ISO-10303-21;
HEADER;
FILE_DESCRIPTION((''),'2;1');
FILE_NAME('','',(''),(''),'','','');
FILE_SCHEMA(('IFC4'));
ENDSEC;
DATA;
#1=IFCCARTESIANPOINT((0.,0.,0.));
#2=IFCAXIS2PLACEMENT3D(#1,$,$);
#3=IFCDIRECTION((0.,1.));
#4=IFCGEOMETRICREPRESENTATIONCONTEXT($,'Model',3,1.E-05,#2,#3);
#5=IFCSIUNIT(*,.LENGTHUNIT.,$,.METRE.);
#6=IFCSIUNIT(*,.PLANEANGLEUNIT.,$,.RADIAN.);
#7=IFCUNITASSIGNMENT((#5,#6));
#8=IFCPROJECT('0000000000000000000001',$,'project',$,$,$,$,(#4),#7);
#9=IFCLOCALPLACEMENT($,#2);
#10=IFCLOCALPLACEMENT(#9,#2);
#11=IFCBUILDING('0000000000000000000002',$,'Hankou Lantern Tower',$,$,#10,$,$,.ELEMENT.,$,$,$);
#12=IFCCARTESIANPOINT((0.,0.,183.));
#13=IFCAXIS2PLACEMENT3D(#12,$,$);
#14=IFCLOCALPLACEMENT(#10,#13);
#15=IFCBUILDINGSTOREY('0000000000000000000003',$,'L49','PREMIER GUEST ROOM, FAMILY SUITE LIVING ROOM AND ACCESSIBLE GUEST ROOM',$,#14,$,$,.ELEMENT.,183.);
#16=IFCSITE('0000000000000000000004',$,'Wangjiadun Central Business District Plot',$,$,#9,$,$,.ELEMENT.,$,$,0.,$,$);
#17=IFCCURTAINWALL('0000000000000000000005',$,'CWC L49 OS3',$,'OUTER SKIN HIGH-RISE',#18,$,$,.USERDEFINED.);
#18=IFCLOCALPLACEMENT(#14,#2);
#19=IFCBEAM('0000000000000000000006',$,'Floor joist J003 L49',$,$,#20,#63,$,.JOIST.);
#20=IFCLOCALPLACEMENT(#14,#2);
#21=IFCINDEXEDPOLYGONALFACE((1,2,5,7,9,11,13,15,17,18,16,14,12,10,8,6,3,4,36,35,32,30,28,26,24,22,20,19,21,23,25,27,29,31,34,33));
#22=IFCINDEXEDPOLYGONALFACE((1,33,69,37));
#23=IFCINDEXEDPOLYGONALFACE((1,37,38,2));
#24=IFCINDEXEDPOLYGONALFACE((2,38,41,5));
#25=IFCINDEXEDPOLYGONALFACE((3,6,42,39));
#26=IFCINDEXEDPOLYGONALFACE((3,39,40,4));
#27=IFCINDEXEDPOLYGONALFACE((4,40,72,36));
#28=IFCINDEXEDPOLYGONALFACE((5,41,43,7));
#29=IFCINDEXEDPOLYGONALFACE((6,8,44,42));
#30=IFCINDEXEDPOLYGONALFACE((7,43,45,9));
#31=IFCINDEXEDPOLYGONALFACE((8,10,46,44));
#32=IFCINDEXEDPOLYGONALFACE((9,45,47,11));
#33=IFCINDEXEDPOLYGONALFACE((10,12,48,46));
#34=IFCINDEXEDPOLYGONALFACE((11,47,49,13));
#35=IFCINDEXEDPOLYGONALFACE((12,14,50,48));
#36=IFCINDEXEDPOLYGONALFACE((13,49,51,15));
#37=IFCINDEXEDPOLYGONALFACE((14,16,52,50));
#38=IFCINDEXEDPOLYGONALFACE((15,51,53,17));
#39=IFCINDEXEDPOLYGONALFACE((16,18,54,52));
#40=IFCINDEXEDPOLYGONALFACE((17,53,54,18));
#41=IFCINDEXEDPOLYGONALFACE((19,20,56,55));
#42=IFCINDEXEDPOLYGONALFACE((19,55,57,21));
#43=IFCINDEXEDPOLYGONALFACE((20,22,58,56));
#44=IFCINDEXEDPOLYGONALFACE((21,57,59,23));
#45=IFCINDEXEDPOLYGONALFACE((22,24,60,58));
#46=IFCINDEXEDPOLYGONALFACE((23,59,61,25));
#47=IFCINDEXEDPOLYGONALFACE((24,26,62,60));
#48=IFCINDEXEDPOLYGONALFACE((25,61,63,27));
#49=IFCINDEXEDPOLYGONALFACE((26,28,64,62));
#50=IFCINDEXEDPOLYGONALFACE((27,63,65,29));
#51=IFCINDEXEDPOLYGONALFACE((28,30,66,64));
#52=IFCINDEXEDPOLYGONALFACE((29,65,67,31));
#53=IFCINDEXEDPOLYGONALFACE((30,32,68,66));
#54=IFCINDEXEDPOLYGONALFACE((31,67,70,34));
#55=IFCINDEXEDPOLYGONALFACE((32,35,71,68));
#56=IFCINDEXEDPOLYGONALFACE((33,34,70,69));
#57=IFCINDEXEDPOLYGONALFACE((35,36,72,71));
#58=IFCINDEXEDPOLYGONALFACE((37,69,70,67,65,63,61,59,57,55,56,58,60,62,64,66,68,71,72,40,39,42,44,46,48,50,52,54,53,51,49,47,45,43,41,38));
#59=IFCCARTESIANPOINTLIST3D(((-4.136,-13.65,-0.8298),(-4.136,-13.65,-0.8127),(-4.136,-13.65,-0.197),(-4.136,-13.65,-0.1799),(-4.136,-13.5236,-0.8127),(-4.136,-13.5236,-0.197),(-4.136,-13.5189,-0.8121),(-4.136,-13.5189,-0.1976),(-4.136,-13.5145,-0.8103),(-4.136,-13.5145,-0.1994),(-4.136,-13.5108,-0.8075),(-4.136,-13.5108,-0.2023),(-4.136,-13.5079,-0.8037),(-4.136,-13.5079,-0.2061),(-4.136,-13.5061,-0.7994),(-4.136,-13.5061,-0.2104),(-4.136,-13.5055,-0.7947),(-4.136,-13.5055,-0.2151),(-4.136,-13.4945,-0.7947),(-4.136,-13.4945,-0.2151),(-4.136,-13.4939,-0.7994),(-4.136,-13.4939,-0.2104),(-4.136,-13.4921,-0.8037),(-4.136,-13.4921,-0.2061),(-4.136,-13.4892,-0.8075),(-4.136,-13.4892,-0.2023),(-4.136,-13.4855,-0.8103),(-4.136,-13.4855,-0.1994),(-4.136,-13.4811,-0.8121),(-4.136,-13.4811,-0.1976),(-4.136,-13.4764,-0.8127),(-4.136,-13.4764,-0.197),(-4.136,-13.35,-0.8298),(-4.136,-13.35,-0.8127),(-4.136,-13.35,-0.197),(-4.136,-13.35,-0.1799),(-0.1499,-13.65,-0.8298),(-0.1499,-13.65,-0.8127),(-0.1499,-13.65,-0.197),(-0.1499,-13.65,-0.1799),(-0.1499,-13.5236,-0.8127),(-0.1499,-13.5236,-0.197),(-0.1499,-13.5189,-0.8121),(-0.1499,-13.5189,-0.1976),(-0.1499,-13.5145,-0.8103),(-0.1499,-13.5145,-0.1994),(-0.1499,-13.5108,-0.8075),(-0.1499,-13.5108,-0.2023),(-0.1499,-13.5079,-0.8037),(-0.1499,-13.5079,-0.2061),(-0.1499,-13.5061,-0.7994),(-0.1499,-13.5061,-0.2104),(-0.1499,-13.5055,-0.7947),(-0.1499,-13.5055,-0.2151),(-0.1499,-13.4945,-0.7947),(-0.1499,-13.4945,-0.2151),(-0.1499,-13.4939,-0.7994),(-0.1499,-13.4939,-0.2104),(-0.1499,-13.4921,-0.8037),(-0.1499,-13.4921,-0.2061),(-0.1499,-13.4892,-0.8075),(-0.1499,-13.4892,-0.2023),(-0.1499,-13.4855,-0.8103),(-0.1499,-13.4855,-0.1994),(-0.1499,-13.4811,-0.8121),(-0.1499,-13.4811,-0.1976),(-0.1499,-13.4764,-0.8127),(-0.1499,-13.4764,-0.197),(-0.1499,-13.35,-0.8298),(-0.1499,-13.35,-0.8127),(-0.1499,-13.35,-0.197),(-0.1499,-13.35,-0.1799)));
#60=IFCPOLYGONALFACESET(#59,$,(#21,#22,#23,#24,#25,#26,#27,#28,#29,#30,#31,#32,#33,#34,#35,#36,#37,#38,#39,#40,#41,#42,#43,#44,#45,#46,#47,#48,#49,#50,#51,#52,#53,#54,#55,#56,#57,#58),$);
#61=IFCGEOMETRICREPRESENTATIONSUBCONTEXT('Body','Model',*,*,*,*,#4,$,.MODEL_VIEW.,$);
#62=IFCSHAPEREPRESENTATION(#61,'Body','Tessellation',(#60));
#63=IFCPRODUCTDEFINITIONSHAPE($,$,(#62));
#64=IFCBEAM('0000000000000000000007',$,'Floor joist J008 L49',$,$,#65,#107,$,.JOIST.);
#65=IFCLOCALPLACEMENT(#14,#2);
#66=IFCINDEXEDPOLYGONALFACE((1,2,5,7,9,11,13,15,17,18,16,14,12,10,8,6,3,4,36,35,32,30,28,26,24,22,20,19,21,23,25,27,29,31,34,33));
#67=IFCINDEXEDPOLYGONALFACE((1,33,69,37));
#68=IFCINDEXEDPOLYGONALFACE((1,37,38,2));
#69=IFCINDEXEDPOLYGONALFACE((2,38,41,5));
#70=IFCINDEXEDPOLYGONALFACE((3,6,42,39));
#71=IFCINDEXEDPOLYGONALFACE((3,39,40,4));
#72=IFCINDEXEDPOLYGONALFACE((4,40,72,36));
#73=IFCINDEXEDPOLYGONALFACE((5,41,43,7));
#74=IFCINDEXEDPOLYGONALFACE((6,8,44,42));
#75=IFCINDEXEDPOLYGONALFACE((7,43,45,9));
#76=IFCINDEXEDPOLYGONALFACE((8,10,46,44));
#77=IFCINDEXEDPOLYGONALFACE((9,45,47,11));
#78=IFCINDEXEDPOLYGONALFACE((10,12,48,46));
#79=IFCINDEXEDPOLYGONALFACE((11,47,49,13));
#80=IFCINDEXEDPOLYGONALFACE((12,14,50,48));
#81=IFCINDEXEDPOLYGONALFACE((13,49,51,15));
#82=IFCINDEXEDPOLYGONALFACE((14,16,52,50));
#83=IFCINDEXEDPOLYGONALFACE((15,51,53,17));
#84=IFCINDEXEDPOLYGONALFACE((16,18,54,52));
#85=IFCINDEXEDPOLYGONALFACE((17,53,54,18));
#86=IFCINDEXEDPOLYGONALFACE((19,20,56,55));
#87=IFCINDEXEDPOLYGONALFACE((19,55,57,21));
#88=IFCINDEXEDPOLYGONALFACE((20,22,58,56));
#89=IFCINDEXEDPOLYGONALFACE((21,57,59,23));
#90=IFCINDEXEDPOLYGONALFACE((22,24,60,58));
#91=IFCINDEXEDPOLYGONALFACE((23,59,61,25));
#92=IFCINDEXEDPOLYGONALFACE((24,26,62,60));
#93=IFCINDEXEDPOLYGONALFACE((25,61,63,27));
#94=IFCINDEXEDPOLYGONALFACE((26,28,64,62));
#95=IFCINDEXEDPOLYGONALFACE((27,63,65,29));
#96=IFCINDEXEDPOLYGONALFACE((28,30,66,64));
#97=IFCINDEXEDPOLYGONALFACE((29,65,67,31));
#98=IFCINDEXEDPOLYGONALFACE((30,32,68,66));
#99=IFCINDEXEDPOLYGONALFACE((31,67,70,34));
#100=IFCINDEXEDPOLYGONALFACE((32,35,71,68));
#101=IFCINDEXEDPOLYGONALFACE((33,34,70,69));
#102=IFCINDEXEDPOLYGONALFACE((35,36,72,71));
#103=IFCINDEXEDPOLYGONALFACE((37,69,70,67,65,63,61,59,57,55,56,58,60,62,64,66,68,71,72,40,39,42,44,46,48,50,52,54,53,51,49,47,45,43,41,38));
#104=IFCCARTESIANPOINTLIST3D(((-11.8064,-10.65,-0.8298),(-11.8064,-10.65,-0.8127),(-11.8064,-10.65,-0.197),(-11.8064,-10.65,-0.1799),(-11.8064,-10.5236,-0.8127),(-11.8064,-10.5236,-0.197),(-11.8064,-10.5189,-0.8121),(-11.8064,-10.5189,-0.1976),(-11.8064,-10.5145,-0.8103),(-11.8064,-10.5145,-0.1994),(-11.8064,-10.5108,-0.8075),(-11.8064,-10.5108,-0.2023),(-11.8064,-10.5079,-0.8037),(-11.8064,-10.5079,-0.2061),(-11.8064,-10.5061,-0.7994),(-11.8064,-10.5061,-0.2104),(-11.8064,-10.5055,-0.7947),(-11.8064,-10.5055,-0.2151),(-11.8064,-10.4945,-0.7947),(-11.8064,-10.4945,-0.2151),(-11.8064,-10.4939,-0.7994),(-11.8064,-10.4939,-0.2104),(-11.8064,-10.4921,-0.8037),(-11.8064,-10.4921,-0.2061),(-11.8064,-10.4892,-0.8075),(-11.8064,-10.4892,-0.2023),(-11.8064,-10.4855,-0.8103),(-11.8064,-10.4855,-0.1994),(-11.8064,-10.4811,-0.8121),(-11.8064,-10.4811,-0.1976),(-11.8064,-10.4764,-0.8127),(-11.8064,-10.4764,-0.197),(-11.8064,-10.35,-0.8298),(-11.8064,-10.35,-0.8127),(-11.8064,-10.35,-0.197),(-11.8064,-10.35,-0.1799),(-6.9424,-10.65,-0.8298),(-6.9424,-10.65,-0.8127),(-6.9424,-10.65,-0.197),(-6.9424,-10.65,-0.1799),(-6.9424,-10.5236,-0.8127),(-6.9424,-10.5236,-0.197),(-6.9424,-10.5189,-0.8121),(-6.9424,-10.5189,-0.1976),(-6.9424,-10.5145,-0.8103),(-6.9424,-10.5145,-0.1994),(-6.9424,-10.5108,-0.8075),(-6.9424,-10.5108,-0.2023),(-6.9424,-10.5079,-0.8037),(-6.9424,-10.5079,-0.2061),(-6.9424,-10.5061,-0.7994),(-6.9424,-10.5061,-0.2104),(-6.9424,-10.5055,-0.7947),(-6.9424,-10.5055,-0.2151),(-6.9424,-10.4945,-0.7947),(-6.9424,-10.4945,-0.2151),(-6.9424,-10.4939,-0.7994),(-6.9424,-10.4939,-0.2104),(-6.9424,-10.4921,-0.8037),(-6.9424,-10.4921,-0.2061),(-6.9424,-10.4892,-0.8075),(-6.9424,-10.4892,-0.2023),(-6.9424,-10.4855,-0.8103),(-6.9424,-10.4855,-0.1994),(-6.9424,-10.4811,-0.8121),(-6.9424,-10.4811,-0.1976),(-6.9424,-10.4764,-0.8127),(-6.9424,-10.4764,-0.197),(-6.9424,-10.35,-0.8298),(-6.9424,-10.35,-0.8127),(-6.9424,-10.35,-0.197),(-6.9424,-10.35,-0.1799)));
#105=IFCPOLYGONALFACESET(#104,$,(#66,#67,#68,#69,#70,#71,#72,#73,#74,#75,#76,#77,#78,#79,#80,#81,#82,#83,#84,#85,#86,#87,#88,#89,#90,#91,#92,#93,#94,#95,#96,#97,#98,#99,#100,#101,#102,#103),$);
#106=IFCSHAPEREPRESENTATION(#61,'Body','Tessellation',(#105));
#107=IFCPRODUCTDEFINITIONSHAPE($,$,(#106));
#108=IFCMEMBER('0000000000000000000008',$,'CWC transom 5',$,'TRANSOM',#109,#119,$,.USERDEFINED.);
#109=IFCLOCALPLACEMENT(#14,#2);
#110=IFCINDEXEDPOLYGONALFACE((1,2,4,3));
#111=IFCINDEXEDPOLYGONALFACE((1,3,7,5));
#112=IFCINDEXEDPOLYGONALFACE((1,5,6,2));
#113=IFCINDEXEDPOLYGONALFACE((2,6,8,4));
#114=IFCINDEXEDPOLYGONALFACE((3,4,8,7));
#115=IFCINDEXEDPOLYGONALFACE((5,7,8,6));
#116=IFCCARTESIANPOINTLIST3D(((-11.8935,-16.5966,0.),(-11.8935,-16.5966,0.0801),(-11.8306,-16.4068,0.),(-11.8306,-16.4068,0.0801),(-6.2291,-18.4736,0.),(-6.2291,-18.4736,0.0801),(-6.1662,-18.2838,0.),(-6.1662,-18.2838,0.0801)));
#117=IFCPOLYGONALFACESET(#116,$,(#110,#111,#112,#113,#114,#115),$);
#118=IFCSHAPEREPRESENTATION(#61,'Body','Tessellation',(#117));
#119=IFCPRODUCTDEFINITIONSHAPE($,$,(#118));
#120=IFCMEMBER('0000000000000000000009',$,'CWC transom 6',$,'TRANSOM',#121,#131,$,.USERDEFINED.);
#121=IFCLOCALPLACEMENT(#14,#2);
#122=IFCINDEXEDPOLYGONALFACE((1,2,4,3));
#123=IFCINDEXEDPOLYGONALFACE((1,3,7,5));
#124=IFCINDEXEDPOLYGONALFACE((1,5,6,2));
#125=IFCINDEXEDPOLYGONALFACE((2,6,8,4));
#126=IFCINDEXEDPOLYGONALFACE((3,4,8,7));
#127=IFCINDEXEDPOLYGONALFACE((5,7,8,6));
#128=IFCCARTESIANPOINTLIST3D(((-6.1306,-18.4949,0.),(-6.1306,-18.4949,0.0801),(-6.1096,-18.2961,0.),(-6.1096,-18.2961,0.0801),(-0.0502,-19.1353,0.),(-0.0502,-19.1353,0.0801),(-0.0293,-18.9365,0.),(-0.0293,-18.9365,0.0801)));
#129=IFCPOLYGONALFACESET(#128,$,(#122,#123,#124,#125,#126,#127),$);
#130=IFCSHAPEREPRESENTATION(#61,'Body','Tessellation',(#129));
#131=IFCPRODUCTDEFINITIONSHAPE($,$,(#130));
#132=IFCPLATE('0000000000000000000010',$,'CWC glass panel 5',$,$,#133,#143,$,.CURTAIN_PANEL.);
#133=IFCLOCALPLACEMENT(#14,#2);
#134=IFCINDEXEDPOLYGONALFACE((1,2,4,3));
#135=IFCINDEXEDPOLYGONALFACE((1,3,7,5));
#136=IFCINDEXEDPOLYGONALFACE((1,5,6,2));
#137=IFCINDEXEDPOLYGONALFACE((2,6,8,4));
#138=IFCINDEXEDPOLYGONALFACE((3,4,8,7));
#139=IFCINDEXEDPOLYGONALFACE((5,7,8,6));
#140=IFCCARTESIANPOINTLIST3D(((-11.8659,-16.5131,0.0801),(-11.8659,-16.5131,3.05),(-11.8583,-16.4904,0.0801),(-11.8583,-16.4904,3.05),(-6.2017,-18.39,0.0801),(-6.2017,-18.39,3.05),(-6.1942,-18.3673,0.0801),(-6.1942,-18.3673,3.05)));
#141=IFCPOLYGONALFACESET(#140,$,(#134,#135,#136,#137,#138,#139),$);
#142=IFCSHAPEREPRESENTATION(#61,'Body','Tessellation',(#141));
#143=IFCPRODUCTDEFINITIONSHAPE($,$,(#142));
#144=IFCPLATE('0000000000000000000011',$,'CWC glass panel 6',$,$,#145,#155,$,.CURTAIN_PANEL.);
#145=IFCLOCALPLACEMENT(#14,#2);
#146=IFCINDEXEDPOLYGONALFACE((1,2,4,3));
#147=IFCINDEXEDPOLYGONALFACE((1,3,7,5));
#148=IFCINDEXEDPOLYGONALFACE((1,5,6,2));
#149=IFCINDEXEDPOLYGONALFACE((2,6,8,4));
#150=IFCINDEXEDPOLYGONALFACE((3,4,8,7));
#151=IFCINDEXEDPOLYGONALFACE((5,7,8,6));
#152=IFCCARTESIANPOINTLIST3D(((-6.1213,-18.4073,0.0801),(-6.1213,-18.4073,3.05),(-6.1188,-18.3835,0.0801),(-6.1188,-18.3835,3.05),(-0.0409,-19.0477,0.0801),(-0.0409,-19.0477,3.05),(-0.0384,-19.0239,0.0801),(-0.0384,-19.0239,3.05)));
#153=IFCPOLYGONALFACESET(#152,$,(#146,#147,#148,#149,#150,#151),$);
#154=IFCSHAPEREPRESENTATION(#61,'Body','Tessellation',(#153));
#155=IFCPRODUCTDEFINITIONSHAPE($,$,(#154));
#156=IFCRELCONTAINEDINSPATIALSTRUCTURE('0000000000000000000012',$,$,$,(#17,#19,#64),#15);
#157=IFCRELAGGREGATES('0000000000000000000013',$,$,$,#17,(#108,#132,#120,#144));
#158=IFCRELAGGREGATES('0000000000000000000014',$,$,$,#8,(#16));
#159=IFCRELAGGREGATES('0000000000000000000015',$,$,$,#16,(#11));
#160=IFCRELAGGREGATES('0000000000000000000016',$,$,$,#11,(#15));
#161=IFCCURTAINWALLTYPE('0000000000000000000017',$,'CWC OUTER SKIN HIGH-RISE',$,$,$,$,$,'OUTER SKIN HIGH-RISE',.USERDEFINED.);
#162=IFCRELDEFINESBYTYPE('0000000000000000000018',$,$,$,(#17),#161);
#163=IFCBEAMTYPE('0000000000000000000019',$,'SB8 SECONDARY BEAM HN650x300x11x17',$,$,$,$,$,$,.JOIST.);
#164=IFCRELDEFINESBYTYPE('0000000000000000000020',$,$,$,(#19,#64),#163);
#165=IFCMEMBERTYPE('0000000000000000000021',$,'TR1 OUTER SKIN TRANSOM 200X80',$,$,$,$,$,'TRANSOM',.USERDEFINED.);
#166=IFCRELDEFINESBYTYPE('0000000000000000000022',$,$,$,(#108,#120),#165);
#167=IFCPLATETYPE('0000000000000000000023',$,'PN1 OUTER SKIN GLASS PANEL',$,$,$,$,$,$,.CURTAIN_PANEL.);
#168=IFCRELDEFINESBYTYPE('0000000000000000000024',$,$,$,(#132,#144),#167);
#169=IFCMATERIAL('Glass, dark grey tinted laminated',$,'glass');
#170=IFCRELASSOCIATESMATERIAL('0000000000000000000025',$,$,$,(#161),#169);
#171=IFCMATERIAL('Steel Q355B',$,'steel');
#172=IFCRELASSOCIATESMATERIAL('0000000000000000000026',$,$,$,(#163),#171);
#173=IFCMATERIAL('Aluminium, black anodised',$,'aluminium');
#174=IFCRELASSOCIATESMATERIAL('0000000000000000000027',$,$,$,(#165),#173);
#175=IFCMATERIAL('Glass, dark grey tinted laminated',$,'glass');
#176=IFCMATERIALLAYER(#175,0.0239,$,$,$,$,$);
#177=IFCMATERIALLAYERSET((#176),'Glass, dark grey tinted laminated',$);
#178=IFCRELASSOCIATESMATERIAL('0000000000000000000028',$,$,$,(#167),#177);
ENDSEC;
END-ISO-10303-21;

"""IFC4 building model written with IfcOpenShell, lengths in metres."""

from ifc_helpers import new_model, si_unit, direction, frame, origin, origin_2d, place, context, subcontext, project, spatial, rectangle, i_section, extrude, material, layer, layer_set, material_profile, profile_set, type_object, element, aggregate, save


model = new_model("IFC4")

# Units and contexts
model_context = context("Model", 3, precision=1e-05, world=origin(), true_north=direction((0.0, 1.0)))
body_context = subcontext(model_context, "Body", "Model", "MODEL_VIEW")
ifc_project = project(units=[si_unit("LENGTHUNIT", "METRE"), si_unit("PLANEANGLEUNIT", "RADIAN")], contexts=[model_context])

# Site, building, storey
site_placement = place(None, origin())
site = spatial("IfcSite", under=ifc_project, at=site_placement, Name="Wangjiadun Central Business District Plot", CompositionType="ELEMENT", RefElevation=0.0)
building_placement = place(site_placement, origin())
building = spatial("IfcBuilding", under=site, at=building_placement, Name="Hankou Lantern Tower", CompositionType="ELEMENT")
storey_placement = place(building_placement, frame((0.0, 0.0, 183.0)))
storey = spatial("IfcBuildingStorey", under=building, at=storey_placement, Name="L49", Description="PREMIER GUEST ROOM, FAMILY SUITE LIVING ROOM AND ACCESSIBLE GUEST ROOM", CompositionType="ELEMENT", Elevation=183.0)

# Curtain wall
ifc_material_1 = material(Name="Glass, dark grey tinted laminated", Category="glass")
curtain_wall_type = type_object("IfcCurtainWallType", Name="CWC OUTER SKIN HIGH-RISE", ElementType="OUTER SKIN HIGH-RISE", PredefinedType="USERDEFINED", material=ifc_material_1)
curtain_wall_placement = place(storey_placement, origin())
curtain_wall = element("IfcCurtainWall", 1, at=curtain_wall_placement, inside=storey, type_object=curtain_wall_type, Name="CWC L49 OS3", ObjectType="OUTER SKIN HIGH-RISE", PredefinedType="USERDEFINED")

# Beams
ifc_material_2 = material(Name="Steel Q355B", Category="steel")
ifc_material_profile_1 = material_profile(ifc_material_2, i_section(OverallWidth=0.3, OverallDepth=0.6499, WebThickness=0.011, FlangeThickness=0.0171, FilletRadius=0.0181, at=origin_2d()), Name="HN650x300x11x17")
ifc_profile_set_1 = profile_set([ifc_material_profile_1], Name="Steel Q355B")
beam_type_1 = type_object("IfcBeamType", Name="SB8 SECONDARY BEAM HN650x300x11x17", PredefinedType="JOIST", material=ifc_profile_set_1)
beam_1_placement = place(storey_placement, frame((-4.136, -13.5, -0.5049), z_axis=(1.0, 0.0, 0.0), x_axis=(0.0, 1.0, 0.0)))
element("IfcBeam", 2, at=beam_1_placement, inside=storey, type_object=beam_type_1, Name="Floor joist J003 L49", PredefinedType="JOIST", context=body_context, shape_type="SweptSolid", body=[
    extrude(i_section(OverallWidth=0.3, OverallDepth=0.6499, WebThickness=0.011, FlangeThickness=0.0171, FilletRadius=0.0181, at=origin_2d()), origin(), (0.0, 0.0, 1.0), 3.9861),
])
beam_2_placement = place(storey_placement, frame((-11.8064, -10.5, -0.5049), z_axis=(1.0, 0.0, 0.0), x_axis=(0.0, 1.0, 0.0)))
element("IfcBeam", 3, at=beam_2_placement, inside=storey, type_object=beam_type_1, Name="Floor joist J008 L49", PredefinedType="JOIST", context=body_context, shape_type="SweptSolid", body=[
    extrude(i_section(OverallWidth=0.3, OverallDepth=0.6499, WebThickness=0.011, FlangeThickness=0.0171, FilletRadius=0.0181, at=origin_2d()), origin(), (0.0, 0.0, 1.0), 4.864),
])

# Members
ifc_material_3 = material(Name="Aluminium, black anodised", Category="aluminium")
ifc_material_profile_2 = material_profile(ifc_material_3, rectangle(XDim=0.2, YDim=0.0801, at=origin_2d()), Name="TR1 200X80")
ifc_profile_set_2 = profile_set([ifc_material_profile_2], Name="Aluminium, black anodised")
member_type_1 = type_object("IfcMemberType", Name="TR1 OUTER SKIN TRANSOM 200X80", ElementType="TRANSOM", PredefinedType="USERDEFINED", material=ifc_profile_set_2)
member_1_placement = place(storey_placement, frame((-11.8621, -16.5017, 0.04), z_axis=(0.949242, -0.314546, 0.0), x_axis=(0.314546, 0.949242, 0.0)))
member_1 = element("IfcMember", 4, at=member_1_placement, type_object=member_type_1, Name="CWC transom 5", ObjectType="TRANSOM", PredefinedType="USERDEFINED", context=body_context, shape_type="SweptSolid", body=[
    extrude(rectangle(XDim=0.2, YDim=0.0801, at=origin_2d()), origin(), (0.0, 0.0, 1.0), 5.9673),
])
member_2_placement = place(storey_placement, frame((-6.1201, -18.3955, 0.04), z_axis=(0.9945, -0.104741, 0.0), x_axis=(0.104741, 0.9945, 0.0)))
member_2 = element("IfcMember", 5, at=member_2_placement, type_object=member_type_1, Name="CWC transom 6", ObjectType="TRANSOM", PredefinedType="USERDEFINED", context=body_context, shape_type="SweptSolid", body=[
    extrude(rectangle(XDim=0.2, YDim=0.0801, at=origin_2d()), origin(), (0.0, 0.0, 1.0), 6.114),
])

# Plates
ifc_material_4 = material(Name="Glass, dark grey tinted laminated", Category="glass")
ifc_layer_1 = layer(ifc_material_4, 0.0239)
ifc_layer_set_1 = layer_set([ifc_layer_1], Name="Glass, dark grey tinted laminated")
plate_type = type_object("IfcPlateType", Name="PN1 OUTER SKIN GLASS PANEL", PredefinedType="CURTAIN_PANEL", material=ifc_layer_set_1)
plate_1_placement = place(storey_placement, frame((-9.03, -17.4402, 0.0801), z_axis=(0.0, 0.0, 1.0), x_axis=(0.949241, -0.314551, 0.0)))
plate_1 = element("IfcPlate", 6, at=plate_1_placement, type_object=plate_type, Name="CWC glass panel 5", PredefinedType="CURTAIN_PANEL", context=body_context, shape_type="SweptSolid", body=[
    extrude(rectangle(XDim=5.967, YDim=0.0239, at=origin_2d()), origin(), (0.0, 0.0, 1.0), 2.97),
])
plate_2_placement = place(storey_placement, frame((-3.0798, -18.7156, 0.0801), z_axis=(0.0, 0.0, 1.0), x_axis=(0.994499, -0.104743, 0.0)))
plate_2 = element("IfcPlate", 7, at=plate_2_placement, type_object=plate_type, Name="CWC glass panel 6", PredefinedType="CURTAIN_PANEL", context=body_context, shape_type="SweptSolid", body=[
    extrude(rectangle(XDim=6.114, YDim=0.0239, at=origin_2d()), origin(), (0.0, 0.0, 1.0), 2.97),
])
aggregate(curtain_wall, [member_1, plate_1, member_2, plate_2])

save(model, "model.ifc")
